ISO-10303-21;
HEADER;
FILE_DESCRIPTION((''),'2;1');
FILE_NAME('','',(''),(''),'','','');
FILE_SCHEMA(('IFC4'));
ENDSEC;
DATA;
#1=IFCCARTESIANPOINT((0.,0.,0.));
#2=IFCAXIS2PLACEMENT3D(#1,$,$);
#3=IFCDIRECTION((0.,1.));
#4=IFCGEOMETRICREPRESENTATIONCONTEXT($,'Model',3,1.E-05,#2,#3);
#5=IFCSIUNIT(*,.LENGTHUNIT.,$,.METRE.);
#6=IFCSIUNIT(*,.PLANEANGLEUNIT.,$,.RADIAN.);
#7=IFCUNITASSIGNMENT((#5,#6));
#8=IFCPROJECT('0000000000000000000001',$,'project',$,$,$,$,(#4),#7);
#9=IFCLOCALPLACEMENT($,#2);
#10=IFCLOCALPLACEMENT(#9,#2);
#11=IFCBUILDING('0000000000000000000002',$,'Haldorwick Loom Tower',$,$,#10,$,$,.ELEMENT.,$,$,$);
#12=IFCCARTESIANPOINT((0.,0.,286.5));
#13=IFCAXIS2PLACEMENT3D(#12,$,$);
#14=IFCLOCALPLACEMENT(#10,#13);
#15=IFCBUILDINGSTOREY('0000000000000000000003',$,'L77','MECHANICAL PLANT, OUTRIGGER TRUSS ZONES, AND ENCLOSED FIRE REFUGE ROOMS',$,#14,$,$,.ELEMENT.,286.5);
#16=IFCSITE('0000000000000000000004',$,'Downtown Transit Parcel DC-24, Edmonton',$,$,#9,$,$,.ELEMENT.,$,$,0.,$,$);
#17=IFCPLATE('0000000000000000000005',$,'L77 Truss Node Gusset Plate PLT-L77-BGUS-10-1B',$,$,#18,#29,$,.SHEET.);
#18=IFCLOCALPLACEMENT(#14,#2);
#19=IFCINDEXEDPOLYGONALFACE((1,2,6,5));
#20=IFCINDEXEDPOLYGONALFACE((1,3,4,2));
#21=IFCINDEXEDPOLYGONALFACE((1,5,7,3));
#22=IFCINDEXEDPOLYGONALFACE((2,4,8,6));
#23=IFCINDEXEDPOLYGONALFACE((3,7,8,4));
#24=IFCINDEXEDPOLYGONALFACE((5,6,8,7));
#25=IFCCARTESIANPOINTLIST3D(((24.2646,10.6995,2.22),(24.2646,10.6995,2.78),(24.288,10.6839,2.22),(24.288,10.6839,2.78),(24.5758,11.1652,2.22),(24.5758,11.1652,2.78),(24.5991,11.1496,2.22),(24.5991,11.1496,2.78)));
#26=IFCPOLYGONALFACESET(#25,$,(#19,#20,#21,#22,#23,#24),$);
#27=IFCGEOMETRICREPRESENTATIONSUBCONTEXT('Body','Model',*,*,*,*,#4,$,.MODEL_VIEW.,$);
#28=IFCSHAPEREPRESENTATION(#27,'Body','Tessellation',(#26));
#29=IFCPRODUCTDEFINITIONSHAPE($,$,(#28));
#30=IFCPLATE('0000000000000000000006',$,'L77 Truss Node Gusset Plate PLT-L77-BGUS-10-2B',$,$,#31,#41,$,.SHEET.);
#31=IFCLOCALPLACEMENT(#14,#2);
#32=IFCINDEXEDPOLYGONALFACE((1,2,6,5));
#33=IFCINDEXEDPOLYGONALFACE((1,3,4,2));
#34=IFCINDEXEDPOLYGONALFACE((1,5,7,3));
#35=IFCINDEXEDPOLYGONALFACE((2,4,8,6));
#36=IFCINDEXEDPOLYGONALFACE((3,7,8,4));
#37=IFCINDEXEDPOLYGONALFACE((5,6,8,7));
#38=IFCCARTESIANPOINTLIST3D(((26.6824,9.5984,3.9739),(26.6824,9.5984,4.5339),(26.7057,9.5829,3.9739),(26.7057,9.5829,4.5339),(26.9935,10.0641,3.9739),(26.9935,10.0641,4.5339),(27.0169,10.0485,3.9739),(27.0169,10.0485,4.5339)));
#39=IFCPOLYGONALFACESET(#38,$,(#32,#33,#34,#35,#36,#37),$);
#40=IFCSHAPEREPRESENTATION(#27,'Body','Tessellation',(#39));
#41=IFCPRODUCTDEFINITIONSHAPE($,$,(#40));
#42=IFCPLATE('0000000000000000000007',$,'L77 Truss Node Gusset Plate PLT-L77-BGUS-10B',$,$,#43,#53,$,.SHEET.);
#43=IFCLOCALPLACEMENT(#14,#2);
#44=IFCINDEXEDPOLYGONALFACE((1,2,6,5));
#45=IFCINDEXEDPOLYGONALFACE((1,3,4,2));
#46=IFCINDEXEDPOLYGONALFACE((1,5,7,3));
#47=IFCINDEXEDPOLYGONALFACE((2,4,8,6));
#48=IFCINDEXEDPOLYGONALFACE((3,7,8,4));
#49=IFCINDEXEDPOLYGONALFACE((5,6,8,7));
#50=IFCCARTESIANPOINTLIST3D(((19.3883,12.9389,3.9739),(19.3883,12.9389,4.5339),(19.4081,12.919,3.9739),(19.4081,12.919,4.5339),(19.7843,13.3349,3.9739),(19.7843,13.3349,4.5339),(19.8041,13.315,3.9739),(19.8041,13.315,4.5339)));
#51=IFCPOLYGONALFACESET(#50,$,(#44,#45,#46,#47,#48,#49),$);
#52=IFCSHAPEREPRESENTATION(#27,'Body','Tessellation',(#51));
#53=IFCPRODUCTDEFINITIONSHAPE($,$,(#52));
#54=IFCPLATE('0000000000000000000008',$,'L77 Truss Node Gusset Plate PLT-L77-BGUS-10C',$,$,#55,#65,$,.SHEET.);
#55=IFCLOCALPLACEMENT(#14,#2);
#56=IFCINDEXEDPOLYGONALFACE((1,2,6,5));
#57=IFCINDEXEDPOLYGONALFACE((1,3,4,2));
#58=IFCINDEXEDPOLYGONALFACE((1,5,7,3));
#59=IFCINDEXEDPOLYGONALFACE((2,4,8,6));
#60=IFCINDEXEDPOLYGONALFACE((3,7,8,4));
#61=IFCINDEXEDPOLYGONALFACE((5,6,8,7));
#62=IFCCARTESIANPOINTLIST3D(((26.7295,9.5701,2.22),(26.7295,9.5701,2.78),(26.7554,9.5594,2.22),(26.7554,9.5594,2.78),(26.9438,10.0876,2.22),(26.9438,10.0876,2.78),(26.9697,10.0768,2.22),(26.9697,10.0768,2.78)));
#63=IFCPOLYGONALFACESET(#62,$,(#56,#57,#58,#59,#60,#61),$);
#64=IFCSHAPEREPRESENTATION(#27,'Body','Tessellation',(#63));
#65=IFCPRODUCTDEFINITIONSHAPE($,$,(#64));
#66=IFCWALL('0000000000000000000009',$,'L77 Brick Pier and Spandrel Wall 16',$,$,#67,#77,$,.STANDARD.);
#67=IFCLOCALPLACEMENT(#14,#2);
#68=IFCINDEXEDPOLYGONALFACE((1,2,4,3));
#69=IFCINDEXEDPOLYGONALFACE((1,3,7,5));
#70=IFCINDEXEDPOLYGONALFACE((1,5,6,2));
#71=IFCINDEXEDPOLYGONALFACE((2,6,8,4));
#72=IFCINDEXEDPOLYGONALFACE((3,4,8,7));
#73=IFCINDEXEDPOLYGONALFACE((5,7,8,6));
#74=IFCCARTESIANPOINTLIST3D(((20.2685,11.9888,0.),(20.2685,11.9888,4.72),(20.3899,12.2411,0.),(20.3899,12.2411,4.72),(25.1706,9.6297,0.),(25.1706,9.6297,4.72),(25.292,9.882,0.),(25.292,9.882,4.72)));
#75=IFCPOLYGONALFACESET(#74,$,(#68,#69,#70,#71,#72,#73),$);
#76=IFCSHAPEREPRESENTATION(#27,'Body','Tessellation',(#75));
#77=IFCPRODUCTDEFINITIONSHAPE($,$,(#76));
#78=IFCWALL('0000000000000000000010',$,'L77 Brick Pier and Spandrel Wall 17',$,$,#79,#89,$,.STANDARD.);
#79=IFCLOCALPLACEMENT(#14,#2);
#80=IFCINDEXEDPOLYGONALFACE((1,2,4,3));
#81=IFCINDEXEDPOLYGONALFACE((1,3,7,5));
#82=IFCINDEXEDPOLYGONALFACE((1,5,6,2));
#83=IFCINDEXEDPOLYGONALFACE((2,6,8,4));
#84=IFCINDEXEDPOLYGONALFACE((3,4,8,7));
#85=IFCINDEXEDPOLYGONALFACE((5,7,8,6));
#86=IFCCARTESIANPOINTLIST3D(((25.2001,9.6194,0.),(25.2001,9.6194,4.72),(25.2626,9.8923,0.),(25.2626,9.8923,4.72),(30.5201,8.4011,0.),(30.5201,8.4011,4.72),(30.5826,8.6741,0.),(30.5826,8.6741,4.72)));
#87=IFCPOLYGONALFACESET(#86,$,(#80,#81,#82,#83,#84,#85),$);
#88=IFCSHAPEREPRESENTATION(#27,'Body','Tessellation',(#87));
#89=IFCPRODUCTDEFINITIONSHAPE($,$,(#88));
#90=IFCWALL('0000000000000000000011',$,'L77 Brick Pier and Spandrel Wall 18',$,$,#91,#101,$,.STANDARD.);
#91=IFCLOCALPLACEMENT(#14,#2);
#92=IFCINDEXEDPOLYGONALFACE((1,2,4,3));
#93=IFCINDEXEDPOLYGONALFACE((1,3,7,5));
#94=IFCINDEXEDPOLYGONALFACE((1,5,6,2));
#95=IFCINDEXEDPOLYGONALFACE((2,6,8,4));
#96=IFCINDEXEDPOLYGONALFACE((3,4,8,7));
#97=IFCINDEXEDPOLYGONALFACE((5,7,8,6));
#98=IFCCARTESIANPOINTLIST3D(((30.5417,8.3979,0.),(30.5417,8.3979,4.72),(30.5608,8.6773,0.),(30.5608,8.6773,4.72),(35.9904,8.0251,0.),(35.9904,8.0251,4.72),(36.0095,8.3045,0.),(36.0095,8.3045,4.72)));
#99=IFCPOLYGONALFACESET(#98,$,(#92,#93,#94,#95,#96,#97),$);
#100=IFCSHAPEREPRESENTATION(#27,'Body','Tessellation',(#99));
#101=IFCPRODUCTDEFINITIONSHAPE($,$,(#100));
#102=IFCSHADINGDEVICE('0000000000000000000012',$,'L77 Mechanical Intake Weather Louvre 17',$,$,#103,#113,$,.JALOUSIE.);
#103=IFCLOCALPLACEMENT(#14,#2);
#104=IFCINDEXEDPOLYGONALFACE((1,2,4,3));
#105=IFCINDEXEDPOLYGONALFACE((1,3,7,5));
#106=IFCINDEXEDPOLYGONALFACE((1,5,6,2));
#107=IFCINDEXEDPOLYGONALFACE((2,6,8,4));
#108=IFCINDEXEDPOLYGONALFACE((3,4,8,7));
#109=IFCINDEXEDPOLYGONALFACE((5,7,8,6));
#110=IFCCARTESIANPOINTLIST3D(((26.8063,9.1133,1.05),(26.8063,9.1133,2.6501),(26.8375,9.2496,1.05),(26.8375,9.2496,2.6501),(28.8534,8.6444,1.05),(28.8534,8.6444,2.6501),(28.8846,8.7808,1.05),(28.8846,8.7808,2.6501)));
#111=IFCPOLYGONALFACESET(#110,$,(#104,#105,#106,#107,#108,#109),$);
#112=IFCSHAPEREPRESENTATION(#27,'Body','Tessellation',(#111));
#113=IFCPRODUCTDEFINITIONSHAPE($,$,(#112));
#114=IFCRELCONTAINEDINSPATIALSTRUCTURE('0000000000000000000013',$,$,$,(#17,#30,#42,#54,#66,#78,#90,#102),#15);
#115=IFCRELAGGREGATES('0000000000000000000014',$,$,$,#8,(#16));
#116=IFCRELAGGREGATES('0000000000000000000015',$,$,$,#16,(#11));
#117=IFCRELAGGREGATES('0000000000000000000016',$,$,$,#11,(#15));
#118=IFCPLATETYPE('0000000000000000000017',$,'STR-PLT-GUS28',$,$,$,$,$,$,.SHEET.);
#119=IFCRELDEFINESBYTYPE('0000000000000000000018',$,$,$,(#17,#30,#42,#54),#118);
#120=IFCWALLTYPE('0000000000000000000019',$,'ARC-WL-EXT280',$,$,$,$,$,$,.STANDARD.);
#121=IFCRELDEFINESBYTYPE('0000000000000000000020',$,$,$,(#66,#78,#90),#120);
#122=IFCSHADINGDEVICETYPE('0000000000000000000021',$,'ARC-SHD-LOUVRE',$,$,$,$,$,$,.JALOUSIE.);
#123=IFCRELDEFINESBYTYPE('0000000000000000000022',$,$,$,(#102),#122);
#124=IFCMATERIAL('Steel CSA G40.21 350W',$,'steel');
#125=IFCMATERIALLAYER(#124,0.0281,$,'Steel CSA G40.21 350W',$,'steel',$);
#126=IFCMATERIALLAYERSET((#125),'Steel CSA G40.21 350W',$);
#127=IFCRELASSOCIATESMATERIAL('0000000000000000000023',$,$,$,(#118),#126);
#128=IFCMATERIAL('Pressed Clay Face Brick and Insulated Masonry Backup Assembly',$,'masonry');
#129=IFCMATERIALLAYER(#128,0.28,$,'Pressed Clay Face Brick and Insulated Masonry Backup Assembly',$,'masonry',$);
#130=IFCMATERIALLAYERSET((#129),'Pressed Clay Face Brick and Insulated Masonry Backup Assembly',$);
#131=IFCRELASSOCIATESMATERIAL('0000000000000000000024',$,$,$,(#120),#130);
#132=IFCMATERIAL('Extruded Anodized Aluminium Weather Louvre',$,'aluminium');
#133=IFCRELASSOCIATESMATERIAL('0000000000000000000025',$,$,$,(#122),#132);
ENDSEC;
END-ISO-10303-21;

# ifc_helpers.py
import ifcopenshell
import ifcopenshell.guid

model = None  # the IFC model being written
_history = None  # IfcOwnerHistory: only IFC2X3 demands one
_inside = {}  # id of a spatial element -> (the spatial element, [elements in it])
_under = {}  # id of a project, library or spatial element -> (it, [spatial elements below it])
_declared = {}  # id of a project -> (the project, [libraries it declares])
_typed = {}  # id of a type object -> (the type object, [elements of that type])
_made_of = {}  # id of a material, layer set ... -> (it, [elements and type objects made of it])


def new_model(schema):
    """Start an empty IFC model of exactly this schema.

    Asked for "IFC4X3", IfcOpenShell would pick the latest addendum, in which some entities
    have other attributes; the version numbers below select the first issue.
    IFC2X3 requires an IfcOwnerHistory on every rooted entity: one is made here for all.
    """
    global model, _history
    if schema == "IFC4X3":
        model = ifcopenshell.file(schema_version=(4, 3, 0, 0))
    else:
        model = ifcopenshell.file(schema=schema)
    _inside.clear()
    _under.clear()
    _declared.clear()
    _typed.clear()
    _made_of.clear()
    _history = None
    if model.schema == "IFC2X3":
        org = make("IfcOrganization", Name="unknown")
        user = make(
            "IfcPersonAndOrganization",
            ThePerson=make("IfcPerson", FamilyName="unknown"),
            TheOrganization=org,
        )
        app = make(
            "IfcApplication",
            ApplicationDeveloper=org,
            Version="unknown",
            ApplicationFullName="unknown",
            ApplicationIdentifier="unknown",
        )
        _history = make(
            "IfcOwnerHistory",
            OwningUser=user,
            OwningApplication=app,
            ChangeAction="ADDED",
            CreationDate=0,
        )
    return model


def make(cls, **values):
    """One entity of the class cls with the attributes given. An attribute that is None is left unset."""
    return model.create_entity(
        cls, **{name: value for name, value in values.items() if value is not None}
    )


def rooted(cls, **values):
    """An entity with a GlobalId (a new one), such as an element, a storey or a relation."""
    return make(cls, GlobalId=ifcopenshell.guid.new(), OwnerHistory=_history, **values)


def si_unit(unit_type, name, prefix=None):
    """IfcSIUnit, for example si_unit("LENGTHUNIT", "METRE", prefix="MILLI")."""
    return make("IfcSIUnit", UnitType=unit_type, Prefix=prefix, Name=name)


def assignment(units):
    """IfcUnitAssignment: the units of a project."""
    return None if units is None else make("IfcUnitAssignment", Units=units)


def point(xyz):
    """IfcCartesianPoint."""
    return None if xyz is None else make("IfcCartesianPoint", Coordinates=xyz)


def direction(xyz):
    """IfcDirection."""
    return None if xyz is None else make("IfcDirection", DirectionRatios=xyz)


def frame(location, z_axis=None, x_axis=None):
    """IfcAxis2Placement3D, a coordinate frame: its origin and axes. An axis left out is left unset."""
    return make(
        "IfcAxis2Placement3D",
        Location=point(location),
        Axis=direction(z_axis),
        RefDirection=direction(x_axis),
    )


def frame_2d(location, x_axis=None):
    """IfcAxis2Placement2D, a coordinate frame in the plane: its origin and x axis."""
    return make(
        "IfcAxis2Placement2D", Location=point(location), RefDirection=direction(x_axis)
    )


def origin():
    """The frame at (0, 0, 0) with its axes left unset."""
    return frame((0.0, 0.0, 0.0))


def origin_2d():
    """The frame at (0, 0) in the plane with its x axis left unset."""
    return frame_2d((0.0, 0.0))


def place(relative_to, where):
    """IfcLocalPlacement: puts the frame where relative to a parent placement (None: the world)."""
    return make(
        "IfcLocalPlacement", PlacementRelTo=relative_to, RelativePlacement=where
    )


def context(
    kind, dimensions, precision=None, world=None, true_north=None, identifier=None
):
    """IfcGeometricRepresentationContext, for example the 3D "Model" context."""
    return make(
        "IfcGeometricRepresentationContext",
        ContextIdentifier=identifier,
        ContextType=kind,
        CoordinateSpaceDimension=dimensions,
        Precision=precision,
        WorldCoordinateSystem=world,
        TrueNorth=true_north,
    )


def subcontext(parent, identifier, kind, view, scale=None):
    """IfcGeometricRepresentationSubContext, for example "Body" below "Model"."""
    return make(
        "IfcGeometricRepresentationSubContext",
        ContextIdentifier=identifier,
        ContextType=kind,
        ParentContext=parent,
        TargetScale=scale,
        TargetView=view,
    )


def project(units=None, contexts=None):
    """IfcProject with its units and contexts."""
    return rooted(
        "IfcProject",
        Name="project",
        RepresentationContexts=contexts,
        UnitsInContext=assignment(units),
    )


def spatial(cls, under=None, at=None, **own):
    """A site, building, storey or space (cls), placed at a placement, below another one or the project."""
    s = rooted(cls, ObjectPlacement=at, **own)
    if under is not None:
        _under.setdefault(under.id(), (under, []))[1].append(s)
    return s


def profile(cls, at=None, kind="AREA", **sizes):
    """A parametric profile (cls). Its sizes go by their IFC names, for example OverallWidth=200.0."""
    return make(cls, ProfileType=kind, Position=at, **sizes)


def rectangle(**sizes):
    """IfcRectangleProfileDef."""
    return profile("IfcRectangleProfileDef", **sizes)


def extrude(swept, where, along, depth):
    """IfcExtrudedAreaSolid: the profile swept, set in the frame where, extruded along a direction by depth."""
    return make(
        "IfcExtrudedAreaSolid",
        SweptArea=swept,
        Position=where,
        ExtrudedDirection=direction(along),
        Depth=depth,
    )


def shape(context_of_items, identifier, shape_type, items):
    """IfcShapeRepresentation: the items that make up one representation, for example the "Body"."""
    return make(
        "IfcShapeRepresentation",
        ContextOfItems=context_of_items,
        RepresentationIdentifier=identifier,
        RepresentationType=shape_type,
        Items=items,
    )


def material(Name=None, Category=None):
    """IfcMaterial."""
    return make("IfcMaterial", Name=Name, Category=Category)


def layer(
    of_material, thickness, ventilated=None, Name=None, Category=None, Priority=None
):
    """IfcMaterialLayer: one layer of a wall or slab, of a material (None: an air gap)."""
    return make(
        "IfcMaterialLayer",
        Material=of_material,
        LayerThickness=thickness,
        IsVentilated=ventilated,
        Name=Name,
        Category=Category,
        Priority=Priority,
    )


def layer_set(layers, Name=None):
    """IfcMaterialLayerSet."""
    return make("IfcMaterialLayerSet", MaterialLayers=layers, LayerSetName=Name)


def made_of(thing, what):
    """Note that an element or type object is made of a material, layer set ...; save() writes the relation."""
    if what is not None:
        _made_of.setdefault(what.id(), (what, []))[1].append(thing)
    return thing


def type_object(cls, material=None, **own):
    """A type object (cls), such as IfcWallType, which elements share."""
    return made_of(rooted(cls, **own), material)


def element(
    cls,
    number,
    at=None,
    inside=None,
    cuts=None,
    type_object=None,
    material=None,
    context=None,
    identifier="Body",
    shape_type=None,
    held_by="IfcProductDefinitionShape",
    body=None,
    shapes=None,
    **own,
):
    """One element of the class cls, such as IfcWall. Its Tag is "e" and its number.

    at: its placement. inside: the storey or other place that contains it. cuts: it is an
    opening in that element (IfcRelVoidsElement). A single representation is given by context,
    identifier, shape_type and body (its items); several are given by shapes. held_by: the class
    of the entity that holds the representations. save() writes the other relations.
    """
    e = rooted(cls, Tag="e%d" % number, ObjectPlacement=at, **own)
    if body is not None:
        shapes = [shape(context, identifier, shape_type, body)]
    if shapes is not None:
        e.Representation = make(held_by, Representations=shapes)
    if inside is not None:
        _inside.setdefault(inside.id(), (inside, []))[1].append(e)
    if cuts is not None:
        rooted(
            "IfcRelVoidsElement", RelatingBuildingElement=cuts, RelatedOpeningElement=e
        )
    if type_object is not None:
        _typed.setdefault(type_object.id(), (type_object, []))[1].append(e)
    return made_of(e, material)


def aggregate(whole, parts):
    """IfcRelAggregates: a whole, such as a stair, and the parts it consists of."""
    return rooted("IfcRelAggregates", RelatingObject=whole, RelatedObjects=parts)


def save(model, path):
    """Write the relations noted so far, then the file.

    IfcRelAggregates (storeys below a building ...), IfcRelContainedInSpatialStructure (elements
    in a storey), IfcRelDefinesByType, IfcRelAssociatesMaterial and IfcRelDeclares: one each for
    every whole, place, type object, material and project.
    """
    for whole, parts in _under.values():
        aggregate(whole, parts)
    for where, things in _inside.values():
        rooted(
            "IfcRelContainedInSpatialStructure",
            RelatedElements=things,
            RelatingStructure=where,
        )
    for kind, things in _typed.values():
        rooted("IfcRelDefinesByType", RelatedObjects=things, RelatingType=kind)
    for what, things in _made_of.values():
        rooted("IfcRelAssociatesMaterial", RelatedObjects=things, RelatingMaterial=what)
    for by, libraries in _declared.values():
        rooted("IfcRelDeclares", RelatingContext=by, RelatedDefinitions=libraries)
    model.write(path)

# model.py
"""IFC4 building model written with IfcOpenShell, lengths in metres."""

from ifc_helpers import new_model, si_unit, direction, frame, frame_2d, origin, origin_2d, place, context, subcontext, project, spatial, rectangle, extrude, material, layer, layer_set, type_object, element, save


model = new_model("IFC4")

# Units and contexts
model_context = context("Model", 3, precision=1e-05, world=origin(), true_north=direction((0.0, 1.0)))
body_context = subcontext(model_context, "Body", "Model", "MODEL_VIEW")
ifc_project = project(units=[si_unit("LENGTHUNIT", "METRE"), si_unit("PLANEANGLEUNIT", "RADIAN")], contexts=[model_context])

# Site, building, storey
site_placement = place(None, origin())
site = spatial("IfcSite", under=ifc_project, at=site_placement, Name="Downtown Transit Parcel DC-24, Edmonton", CompositionType="ELEMENT", RefElevation=0.0)
building_placement = place(site_placement, origin())
building = spatial("IfcBuilding", under=site, at=building_placement, Name="Haldorwick Loom Tower", CompositionType="ELEMENT")
storey_placement = place(building_placement, frame((0.0, 0.0, 286.5)))
storey = spatial("IfcBuildingStorey", under=building, at=storey_placement, Name="L77", Description="MECHANICAL PLANT, OUTRIGGER TRUSS ZONES, AND ENCLOSED FIRE REFUGE ROOMS", CompositionType="ELEMENT", Elevation=286.5)

# Shared definitions
ifc_material_1 = material(Name="Steel CSA G40.21 350W", Category="steel")

# Plates
ifc_layer_1 = layer(ifc_material_1, 0.0281, Name="Steel CSA G40.21 350W", Category="steel")
ifc_layer_set_1 = layer_set([ifc_layer_1], Name="Steel CSA G40.21 350W")
plate_type = type_object("IfcPlateType", Name="STR-PLT-GUS28", PredefinedType="SHEET", material=ifc_layer_set_1)
for number, where, z_axis, x_axis, name in (
    (1, (24.4319, 10.9246, 2.22), (0.0, 0.0, 1.0), (-0.55557, -0.83147, 0.0), "L77 Truss Node Gusset Plate PLT-L77-BGUS-10-1B"),
    (2, (26.8496, 9.8235, 3.9739), (0.0, 0.0, 1.0), (-0.55557, -0.83147, 0.0), "L77 Truss Node Gusset Plate PLT-L77-BGUS-10-2B"),
    (3, (19.5962, 13.127, 3.9739), (0.0, 0.0, 1.0), (-0.707107, -0.707107, 0.0), "L77 Truss Node Gusset Plate PLT-L77-BGUS-10B"),
    (4, (26.8496, 9.8235, 2.22), (0.0, 0.0, 1.0), (-0.382683, -0.92388, 0.0), "L77 Truss Node Gusset Plate PLT-L77-BGUS-10C"),
):
    element("IfcPlate", number, at=place(storey_placement, frame(where, z_axis=z_axis, x_axis=x_axis)), inside=storey, type_object=plate_type, Name=name, PredefinedType="SHEET", context=body_context, shape_type="SweptSolid", body=[
        extrude(rectangle(XDim=0.5601, YDim=0.0281, at=origin_2d()), origin(), (0.0, 0.0, 1.0), 0.5601),
    ])

# Walls
ifc_material_2 = material(Name="Pressed Clay Face Brick and Insulated Masonry Backup Assembly", Category="masonry")
ifc_layer_2 = layer(ifc_material_2, 0.28, Name="Pressed Clay Face Brick and Insulated Masonry Backup Assembly", Category="masonry")
ifc_layer_set_2 = layer_set([ifc_layer_2], Name="Pressed Clay Face Brick and Insulated Masonry Backup Assembly")
wall_type = type_object("IfcWallType", Name="ARC-WL-EXT280", PredefinedType="STANDARD", material=ifc_layer_set_2)
wall_1_placement = place(storey_placement, frame((20.3291, 12.115, 0.0), z_axis=(0.0, 0.0, 1.0), x_axis=(0.901084, -0.433646, 0.0)))
element("IfcWall", 5, at=wall_1_placement, inside=storey, type_object=wall_type, Name="L77 Brick Pier and Spandrel Wall 16", PredefinedType="STANDARD", context=body_context, shape_type="SweptSolid", body=[
    extrude(rectangle(XDim=5.4402, YDim=0.28, at=frame_2d((2.7202, 0.0))), origin(), (0.0, 0.0, 1.0), 4.72),
])
wall_2_placement = place(storey_placement, frame((25.2312, 9.7559, 0.0), z_axis=(0.0, 0.0, 1.0), x_axis=(0.974769, -0.223216, 0.0)))
element("IfcWall", 6, at=wall_2_placement, inside=storey, type_object=wall_type, Name="L77 Brick Pier and Spandrel Wall 17", PredefinedType="STANDARD", context=body_context, shape_type="SweptSolid", body=[
    extrude(rectangle(XDim=5.4578, YDim=0.28, at=frame_2d((2.729, 0.0))), origin(), (0.0, 0.0, 1.0), 4.72),
])
wall_3_placement = place(storey_placement, frame((30.5513, 8.5376, 0.0), z_axis=(0.0, 0.0, 1.0), x_axis=(0.997668, -0.068261, 0.0)))
element("IfcWall", 7, at=wall_3_placement, inside=storey, type_object=wall_type, Name="L77 Brick Pier and Spandrel Wall 18", PredefinedType="STANDARD", context=body_context, shape_type="SweptSolid", body=[
    extrude(rectangle(XDim=5.4614, YDim=0.28, at=frame_2d((2.7307, 0.0))), origin(), (0.0, 0.0, 1.0), 4.72),
])

# Shading device
ifc_material_3 = material(Name="Extruded Anodized Aluminium Weather Louvre", Category="aluminium")
shading_device_type = type_object("IfcShadingDeviceType", Name="ARC-SHD-LOUVRE", PredefinedType="JALOUSIE", material=ifc_material_3)
shading_device_placement = place(storey_placement, frame((27.8455, 8.947, 1.05), z_axis=(0.0, 0.0, 1.0), x_axis=(0.974761, -0.22325, 0.0)))
element("IfcShadingDevice", 8, at=shading_device_placement, inside=storey, type_object=shading_device_type, Name="L77 Mechanical Intake Weather Louvre 17", PredefinedType="JALOUSIE", context=body_context, shape_type="SweptSolid", body=[
    extrude(rectangle(XDim=2.1001, YDim=0.1399, at=origin_2d()), origin(), (0.0, 0.0, 1.0), 1.6001),
])

save(model, "model.ifc")
